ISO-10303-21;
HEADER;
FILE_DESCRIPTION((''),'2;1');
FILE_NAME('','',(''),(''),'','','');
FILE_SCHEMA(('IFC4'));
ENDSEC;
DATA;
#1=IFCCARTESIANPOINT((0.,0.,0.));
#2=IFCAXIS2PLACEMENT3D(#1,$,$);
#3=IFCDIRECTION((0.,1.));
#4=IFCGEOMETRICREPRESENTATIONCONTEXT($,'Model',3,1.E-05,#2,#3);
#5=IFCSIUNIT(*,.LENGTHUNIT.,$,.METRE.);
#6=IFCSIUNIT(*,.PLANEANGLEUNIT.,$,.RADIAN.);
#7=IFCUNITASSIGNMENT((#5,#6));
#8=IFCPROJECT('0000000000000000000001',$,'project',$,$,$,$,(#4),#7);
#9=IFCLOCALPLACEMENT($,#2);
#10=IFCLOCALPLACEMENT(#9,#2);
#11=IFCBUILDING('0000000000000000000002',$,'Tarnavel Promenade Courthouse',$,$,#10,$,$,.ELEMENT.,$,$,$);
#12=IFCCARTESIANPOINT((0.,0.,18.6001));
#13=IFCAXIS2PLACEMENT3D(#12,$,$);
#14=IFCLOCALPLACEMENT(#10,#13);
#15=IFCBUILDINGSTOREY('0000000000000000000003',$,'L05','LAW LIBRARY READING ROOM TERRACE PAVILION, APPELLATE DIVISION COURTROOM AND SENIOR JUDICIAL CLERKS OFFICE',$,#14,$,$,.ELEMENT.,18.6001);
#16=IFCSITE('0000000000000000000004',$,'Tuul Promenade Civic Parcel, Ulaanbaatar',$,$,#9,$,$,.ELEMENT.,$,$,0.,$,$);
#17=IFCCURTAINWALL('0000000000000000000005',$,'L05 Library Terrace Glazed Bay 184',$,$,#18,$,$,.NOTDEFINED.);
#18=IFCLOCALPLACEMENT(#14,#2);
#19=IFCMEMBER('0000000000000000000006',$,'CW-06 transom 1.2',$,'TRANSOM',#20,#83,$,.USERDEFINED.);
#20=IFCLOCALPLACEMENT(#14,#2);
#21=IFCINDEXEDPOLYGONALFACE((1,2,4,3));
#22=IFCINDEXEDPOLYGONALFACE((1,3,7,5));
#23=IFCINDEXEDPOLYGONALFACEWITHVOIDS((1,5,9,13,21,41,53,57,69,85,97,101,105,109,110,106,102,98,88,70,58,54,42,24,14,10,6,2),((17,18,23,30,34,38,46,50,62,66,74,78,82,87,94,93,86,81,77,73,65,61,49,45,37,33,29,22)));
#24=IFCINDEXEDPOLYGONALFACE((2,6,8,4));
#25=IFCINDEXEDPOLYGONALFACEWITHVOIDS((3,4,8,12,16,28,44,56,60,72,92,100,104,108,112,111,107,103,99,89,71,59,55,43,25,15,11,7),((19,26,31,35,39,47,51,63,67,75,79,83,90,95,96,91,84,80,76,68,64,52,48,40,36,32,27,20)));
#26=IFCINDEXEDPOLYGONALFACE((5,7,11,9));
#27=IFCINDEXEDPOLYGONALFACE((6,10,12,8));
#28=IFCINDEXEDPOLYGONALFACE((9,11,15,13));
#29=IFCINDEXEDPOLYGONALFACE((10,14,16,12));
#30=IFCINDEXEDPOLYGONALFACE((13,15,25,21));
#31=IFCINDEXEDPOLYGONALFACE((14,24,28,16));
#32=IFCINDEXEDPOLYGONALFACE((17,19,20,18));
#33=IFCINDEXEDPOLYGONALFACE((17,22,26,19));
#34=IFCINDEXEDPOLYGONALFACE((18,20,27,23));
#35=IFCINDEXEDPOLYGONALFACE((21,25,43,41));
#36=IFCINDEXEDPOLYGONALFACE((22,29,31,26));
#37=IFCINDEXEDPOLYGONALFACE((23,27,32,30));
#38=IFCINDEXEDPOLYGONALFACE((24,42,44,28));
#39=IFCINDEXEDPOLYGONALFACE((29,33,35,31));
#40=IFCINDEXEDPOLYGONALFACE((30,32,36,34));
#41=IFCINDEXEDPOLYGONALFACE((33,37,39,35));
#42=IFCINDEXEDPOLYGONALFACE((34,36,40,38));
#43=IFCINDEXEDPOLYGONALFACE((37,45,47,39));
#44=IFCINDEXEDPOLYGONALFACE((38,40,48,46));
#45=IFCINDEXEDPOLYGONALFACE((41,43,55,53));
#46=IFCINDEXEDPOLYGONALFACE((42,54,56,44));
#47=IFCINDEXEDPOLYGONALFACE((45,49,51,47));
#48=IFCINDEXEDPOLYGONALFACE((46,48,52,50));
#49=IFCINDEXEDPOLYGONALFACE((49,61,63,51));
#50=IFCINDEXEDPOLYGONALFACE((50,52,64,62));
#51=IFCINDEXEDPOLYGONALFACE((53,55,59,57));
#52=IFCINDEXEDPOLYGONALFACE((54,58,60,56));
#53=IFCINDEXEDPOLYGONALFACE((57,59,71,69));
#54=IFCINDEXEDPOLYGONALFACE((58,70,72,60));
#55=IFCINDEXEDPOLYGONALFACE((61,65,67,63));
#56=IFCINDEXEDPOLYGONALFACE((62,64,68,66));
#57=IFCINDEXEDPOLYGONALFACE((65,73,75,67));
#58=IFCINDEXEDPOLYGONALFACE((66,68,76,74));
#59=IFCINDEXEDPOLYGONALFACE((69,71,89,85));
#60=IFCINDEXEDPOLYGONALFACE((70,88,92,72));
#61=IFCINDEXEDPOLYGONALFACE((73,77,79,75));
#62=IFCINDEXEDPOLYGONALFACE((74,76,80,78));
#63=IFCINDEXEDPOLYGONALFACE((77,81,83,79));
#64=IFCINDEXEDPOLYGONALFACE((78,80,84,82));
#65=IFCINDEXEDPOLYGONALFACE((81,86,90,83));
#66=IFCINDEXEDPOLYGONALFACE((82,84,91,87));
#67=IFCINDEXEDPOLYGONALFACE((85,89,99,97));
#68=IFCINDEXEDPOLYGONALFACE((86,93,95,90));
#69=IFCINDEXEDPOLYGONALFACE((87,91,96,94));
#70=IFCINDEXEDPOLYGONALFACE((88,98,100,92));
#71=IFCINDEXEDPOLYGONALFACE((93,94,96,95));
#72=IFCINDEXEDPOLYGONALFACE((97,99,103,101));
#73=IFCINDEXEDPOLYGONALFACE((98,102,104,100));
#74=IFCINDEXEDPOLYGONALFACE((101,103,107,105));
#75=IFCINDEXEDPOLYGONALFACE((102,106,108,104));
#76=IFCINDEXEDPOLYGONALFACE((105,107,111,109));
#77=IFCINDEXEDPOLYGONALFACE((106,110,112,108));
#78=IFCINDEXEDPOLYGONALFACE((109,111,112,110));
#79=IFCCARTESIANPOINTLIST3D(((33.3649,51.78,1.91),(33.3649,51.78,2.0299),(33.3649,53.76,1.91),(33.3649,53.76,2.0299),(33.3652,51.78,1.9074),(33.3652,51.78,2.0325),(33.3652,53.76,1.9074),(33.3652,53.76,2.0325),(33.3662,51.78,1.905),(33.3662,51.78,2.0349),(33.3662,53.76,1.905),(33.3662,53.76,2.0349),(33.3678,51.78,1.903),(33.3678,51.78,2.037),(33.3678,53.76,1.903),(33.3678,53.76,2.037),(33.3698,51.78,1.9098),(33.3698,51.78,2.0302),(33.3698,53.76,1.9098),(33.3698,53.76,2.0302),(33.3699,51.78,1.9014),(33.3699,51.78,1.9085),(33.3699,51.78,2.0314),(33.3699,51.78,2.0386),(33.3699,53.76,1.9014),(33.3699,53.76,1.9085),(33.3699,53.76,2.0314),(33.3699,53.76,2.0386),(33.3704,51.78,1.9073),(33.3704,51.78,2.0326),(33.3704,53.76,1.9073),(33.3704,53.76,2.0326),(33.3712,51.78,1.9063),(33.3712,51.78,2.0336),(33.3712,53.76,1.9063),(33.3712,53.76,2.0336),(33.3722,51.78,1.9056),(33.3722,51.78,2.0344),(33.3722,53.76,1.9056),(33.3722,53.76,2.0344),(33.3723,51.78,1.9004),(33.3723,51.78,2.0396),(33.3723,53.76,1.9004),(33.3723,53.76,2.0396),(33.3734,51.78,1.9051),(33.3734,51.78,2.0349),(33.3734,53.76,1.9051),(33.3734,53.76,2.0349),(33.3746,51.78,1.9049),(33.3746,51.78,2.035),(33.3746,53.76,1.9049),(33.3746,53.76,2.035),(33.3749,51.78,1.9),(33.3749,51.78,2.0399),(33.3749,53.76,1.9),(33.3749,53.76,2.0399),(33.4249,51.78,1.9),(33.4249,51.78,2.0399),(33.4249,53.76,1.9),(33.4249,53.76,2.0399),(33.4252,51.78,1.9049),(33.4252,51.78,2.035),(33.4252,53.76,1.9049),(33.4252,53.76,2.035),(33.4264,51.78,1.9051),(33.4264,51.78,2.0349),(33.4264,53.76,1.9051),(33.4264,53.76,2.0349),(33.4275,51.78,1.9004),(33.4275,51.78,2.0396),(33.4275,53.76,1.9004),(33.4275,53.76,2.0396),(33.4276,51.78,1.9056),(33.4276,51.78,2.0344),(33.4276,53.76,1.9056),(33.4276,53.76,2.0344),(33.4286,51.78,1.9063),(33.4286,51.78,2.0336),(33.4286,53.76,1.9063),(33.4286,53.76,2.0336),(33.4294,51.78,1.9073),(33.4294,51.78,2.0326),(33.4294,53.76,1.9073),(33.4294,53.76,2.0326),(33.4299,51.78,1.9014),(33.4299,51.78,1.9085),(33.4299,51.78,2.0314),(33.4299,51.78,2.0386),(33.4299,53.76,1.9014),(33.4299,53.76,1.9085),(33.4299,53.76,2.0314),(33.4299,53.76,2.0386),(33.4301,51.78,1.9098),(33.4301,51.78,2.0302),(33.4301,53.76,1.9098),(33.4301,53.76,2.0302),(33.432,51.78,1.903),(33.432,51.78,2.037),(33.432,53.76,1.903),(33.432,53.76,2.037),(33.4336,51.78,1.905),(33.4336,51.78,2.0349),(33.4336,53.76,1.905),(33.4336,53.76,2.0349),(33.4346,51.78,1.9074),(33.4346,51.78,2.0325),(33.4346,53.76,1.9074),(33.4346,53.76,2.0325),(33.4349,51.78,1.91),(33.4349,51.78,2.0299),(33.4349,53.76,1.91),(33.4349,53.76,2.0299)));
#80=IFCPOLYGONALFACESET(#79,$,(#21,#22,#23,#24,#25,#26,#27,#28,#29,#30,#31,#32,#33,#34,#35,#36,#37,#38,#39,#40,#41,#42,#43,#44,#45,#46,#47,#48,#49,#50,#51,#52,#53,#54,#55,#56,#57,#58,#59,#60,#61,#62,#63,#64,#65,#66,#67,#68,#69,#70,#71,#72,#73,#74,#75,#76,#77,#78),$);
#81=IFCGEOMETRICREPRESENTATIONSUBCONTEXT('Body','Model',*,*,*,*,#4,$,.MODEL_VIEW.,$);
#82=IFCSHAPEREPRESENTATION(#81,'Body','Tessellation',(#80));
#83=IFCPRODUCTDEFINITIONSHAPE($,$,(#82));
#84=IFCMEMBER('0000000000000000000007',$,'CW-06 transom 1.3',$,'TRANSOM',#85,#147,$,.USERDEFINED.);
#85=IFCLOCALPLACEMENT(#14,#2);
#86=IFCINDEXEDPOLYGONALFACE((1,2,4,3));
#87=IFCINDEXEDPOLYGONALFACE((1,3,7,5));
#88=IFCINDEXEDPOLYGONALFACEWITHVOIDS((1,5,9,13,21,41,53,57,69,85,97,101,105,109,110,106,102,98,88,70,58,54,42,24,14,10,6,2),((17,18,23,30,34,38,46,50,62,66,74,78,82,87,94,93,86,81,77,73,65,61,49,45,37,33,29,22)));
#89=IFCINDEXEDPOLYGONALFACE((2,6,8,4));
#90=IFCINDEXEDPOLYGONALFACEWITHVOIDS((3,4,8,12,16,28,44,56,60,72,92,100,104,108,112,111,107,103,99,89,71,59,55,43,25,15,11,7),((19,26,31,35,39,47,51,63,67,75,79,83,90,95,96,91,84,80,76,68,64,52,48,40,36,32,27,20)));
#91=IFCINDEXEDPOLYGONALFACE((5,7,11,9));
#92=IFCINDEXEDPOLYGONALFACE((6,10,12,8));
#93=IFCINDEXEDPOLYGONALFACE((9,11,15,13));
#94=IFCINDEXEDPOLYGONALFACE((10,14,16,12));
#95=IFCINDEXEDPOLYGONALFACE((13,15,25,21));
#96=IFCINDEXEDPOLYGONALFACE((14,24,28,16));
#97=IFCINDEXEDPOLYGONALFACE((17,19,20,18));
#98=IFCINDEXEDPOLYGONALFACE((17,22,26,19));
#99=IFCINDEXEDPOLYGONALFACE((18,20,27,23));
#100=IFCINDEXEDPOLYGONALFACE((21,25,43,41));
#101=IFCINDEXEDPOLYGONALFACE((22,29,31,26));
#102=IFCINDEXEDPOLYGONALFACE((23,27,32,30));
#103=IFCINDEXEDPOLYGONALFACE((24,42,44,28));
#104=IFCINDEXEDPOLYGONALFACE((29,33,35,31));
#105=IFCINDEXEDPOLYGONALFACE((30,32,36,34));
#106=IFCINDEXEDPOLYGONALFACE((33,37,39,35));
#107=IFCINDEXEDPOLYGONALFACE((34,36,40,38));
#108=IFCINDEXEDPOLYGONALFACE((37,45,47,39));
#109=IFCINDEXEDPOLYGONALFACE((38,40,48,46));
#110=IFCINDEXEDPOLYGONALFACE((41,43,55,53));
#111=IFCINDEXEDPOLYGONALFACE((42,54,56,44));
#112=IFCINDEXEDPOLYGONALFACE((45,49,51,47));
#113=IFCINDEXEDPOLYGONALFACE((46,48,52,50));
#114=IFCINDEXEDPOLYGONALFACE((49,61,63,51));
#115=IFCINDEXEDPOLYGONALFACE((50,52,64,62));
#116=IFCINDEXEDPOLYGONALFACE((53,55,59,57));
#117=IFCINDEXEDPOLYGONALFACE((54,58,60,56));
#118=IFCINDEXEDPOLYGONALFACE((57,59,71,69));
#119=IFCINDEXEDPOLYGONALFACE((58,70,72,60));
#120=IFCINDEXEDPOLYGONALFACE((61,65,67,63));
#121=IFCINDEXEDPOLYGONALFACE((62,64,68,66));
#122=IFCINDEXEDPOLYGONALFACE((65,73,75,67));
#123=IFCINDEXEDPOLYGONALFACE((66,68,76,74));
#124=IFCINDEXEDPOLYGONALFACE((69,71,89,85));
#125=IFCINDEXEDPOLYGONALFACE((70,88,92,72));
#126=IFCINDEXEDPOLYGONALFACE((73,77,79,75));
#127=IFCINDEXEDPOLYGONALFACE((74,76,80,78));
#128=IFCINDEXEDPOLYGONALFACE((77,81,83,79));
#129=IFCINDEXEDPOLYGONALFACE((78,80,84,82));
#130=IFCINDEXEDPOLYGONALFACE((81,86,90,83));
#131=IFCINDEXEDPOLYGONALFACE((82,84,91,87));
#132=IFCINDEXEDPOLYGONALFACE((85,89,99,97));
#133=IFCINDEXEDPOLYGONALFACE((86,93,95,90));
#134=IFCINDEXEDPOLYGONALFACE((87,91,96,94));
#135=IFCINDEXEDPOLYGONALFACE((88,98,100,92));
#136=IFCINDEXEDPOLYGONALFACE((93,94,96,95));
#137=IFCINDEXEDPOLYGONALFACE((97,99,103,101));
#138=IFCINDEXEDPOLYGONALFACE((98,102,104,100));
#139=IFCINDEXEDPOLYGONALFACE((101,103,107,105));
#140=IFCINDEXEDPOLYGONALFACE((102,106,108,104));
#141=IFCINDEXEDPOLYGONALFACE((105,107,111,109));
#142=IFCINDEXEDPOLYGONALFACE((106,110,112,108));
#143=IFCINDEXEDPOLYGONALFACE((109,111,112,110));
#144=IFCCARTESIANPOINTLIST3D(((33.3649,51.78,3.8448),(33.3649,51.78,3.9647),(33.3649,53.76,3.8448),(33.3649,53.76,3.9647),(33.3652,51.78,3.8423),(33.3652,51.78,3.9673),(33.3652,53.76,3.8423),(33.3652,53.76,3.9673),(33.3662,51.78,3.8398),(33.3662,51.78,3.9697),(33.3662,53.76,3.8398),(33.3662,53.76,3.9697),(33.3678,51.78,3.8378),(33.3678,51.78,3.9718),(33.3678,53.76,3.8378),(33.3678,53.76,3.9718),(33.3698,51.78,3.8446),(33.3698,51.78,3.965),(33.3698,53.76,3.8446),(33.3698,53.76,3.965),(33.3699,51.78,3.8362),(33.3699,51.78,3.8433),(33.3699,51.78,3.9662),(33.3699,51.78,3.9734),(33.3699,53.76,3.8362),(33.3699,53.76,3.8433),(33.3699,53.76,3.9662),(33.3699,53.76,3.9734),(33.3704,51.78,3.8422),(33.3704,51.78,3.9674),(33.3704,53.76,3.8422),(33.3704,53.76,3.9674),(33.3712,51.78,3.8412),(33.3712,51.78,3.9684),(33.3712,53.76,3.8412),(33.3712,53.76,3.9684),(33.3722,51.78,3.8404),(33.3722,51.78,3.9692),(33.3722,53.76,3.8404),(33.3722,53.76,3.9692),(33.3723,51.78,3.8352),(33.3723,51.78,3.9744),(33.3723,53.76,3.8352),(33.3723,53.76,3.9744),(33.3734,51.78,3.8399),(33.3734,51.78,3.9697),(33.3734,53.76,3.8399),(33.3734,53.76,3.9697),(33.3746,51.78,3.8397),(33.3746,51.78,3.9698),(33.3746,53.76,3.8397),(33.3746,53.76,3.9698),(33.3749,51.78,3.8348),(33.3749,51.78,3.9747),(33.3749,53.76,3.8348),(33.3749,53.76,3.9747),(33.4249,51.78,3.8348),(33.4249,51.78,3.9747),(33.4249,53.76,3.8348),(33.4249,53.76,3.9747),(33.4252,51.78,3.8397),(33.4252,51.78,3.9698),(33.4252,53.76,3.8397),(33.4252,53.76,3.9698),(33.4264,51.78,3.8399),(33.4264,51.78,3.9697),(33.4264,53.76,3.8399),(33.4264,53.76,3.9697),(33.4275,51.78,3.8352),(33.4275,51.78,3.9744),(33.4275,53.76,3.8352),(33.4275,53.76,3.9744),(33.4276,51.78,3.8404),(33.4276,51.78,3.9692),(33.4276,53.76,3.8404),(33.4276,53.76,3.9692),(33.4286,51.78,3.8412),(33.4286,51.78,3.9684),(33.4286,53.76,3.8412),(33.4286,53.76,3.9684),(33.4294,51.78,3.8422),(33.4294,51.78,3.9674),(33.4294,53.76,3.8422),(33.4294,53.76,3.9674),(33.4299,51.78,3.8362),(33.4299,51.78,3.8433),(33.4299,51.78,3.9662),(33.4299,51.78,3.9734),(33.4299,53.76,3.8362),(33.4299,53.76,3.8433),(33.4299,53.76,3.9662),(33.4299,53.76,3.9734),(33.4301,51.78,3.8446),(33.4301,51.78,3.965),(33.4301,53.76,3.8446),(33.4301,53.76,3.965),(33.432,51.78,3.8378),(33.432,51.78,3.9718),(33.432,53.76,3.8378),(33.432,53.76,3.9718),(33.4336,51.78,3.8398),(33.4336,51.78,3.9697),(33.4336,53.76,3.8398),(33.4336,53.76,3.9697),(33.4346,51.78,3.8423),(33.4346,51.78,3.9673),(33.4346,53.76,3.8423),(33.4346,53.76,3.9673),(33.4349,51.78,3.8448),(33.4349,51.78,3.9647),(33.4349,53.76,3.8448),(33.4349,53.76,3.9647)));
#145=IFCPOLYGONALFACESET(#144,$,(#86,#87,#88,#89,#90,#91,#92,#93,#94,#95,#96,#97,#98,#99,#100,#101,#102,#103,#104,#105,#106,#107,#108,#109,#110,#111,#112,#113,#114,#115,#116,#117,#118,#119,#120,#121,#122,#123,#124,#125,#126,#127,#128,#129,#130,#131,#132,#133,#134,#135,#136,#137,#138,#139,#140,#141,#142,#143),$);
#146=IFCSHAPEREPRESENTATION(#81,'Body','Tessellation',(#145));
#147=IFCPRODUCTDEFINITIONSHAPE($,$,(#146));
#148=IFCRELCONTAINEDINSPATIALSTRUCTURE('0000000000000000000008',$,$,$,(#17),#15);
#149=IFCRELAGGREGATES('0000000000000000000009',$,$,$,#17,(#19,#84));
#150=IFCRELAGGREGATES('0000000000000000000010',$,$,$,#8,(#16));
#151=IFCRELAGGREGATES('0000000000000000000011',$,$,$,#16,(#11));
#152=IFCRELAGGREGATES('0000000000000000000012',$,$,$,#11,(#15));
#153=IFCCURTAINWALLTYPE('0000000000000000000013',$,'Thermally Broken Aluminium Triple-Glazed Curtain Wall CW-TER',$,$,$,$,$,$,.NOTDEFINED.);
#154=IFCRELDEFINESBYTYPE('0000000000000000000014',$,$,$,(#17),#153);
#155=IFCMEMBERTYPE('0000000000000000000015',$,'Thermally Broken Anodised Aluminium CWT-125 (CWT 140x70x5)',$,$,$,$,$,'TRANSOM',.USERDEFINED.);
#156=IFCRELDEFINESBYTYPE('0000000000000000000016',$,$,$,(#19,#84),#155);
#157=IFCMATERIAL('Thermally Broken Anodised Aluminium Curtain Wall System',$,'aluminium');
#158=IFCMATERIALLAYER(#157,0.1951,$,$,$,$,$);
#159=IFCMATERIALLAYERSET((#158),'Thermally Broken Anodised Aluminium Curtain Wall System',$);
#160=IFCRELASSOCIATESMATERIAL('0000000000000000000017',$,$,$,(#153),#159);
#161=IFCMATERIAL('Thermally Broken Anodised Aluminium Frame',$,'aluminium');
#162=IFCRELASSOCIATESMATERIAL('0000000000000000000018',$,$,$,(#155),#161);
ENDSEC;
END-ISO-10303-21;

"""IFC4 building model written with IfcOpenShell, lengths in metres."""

from ifc_helpers import new_model, si_unit, direction, frame, origin, origin_2d, place, context, subcontext, project, spatial, hollow_rectangle, extrude, material, layer, layer_set, material_profile, profile_set, type_object, element, aggregate, save


model = new_model("IFC4")

# Units and contexts
model_context = context("Model", 3, precision=1e-05, world=origin(), true_north=direction((0.0, 1.0)))
body_context = subcontext(model_context, "Body", "Model", "MODEL_VIEW")
ifc_project = project(units=[si_unit("LENGTHUNIT", "METRE"), si_unit("PLANEANGLEUNIT", "RADIAN")], contexts=[model_context])

# Site, building, storey
site_placement = place(None, origin())
site = spatial("IfcSite", under=ifc_project, at=site_placement, Name="Tuul Promenade Civic Parcel, Ulaanbaatar", CompositionType="ELEMENT", RefElevation=0.0)
building_placement = place(site_placement, origin())
building = spatial("IfcBuilding", under=site, at=building_placement, Name="Tarnavel Promenade Courthouse", CompositionType="ELEMENT")
storey_placement = place(building_placement, frame((0.0, 0.0, 18.6001)))
storey = spatial("IfcBuildingStorey", under=building, at=storey_placement, Name="L05", Description="LAW LIBRARY READING ROOM TERRACE PAVILION, APPELLATE DIVISION COURTROOM AND SENIOR JUDICIAL CLERKS OFFICE", CompositionType="ELEMENT", Elevation=18.6001)

# Curtain wall, members
ifc_material_1 = material(Name="Thermally Broken Anodised Aluminium Curtain Wall System", Category="aluminium")
ifc_layer_1 = layer(ifc_material_1, 0.1951)
ifc_layer_set_1 = layer_set([ifc_layer_1], Name="Thermally Broken Anodised Aluminium Curtain Wall System")
curtain_wall_type = type_object("IfcCurtainWallType", Name="Thermally Broken Aluminium Triple-Glazed Curtain Wall CW-TER", PredefinedType="NOTDEFINED", material=ifc_layer_set_1)
curtain_wall_placement = place(storey_placement, origin())
curtain_wall = element("IfcCurtainWall", 1, at=curtain_wall_placement, inside=storey, type_object=curtain_wall_type, Name="L05 Library Terrace Glazed Bay 184", PredefinedType="NOTDEFINED")
ifc_material_2 = material(Name="Thermally Broken Anodised Aluminium Frame", Category="aluminium")
ifc_material_profile_1 = material_profile(ifc_material_2, hollow_rectangle(XDim=0.0701, YDim=0.1399, WallThickness=0.0049, InnerFilletRadius=0.0049, OuterFilletRadius=0.01, at=origin_2d()), Name="CWT 140x70x5")
ifc_profile_set_1 = profile_set([ifc_material_profile_1], Name="Thermally Broken Anodised Aluminium Frame")
member_type_1 = type_object("IfcMemberType", Name="Thermally Broken Anodised Aluminium CWT-125 (CWT 140x70x5)", ElementType="TRANSOM", PredefinedType="USERDEFINED", material=ifc_profile_set_1)
member_1_placement = place(storey_placement, frame((33.3999, 51.78, 1.97), z_axis=(0.0, 1.0, 0.0), x_axis=(-1.0, 0.0, 0.0)))
member_1 = element("IfcMember", 2, at=member_1_placement, type_object=member_type_1, Name="CW-06 transom 1.2", ObjectType="TRANSOM", PredefinedType="USERDEFINED", context=body_context, shape_type="SweptSolid", body=[
    extrude(hollow_rectangle(XDim=0.0701, YDim=0.1399, WallThickness=0.0049, InnerFilletRadius=0.0049, OuterFilletRadius=0.01, at=origin_2d()), origin(), (0.0, 0.0, 1.0), 1.98),
])
member_2_placement = place(storey_placement, frame((33.3999, 51.78, 3.9048), z_axis=(0.0, 1.0, 0.0), x_axis=(-1.0, 0.0, 0.0)))
member_2 = element("IfcMember", 3, at=member_2_placement, type_object=member_type_1, Name="CW-06 transom 1.3", ObjectType="TRANSOM", PredefinedType="USERDEFINED", context=body_context, shape_type="SweptSolid", body=[
    extrude(hollow_rectangle(XDim=0.0701, YDim=0.1399, WallThickness=0.0049, InnerFilletRadius=0.0049, OuterFilletRadius=0.01, at=origin_2d()), origin(), (0.0, 0.0, 1.0), 1.98),
])
aggregate(curtain_wall, [member_1, member_2])

save(model, "model.ifc")
